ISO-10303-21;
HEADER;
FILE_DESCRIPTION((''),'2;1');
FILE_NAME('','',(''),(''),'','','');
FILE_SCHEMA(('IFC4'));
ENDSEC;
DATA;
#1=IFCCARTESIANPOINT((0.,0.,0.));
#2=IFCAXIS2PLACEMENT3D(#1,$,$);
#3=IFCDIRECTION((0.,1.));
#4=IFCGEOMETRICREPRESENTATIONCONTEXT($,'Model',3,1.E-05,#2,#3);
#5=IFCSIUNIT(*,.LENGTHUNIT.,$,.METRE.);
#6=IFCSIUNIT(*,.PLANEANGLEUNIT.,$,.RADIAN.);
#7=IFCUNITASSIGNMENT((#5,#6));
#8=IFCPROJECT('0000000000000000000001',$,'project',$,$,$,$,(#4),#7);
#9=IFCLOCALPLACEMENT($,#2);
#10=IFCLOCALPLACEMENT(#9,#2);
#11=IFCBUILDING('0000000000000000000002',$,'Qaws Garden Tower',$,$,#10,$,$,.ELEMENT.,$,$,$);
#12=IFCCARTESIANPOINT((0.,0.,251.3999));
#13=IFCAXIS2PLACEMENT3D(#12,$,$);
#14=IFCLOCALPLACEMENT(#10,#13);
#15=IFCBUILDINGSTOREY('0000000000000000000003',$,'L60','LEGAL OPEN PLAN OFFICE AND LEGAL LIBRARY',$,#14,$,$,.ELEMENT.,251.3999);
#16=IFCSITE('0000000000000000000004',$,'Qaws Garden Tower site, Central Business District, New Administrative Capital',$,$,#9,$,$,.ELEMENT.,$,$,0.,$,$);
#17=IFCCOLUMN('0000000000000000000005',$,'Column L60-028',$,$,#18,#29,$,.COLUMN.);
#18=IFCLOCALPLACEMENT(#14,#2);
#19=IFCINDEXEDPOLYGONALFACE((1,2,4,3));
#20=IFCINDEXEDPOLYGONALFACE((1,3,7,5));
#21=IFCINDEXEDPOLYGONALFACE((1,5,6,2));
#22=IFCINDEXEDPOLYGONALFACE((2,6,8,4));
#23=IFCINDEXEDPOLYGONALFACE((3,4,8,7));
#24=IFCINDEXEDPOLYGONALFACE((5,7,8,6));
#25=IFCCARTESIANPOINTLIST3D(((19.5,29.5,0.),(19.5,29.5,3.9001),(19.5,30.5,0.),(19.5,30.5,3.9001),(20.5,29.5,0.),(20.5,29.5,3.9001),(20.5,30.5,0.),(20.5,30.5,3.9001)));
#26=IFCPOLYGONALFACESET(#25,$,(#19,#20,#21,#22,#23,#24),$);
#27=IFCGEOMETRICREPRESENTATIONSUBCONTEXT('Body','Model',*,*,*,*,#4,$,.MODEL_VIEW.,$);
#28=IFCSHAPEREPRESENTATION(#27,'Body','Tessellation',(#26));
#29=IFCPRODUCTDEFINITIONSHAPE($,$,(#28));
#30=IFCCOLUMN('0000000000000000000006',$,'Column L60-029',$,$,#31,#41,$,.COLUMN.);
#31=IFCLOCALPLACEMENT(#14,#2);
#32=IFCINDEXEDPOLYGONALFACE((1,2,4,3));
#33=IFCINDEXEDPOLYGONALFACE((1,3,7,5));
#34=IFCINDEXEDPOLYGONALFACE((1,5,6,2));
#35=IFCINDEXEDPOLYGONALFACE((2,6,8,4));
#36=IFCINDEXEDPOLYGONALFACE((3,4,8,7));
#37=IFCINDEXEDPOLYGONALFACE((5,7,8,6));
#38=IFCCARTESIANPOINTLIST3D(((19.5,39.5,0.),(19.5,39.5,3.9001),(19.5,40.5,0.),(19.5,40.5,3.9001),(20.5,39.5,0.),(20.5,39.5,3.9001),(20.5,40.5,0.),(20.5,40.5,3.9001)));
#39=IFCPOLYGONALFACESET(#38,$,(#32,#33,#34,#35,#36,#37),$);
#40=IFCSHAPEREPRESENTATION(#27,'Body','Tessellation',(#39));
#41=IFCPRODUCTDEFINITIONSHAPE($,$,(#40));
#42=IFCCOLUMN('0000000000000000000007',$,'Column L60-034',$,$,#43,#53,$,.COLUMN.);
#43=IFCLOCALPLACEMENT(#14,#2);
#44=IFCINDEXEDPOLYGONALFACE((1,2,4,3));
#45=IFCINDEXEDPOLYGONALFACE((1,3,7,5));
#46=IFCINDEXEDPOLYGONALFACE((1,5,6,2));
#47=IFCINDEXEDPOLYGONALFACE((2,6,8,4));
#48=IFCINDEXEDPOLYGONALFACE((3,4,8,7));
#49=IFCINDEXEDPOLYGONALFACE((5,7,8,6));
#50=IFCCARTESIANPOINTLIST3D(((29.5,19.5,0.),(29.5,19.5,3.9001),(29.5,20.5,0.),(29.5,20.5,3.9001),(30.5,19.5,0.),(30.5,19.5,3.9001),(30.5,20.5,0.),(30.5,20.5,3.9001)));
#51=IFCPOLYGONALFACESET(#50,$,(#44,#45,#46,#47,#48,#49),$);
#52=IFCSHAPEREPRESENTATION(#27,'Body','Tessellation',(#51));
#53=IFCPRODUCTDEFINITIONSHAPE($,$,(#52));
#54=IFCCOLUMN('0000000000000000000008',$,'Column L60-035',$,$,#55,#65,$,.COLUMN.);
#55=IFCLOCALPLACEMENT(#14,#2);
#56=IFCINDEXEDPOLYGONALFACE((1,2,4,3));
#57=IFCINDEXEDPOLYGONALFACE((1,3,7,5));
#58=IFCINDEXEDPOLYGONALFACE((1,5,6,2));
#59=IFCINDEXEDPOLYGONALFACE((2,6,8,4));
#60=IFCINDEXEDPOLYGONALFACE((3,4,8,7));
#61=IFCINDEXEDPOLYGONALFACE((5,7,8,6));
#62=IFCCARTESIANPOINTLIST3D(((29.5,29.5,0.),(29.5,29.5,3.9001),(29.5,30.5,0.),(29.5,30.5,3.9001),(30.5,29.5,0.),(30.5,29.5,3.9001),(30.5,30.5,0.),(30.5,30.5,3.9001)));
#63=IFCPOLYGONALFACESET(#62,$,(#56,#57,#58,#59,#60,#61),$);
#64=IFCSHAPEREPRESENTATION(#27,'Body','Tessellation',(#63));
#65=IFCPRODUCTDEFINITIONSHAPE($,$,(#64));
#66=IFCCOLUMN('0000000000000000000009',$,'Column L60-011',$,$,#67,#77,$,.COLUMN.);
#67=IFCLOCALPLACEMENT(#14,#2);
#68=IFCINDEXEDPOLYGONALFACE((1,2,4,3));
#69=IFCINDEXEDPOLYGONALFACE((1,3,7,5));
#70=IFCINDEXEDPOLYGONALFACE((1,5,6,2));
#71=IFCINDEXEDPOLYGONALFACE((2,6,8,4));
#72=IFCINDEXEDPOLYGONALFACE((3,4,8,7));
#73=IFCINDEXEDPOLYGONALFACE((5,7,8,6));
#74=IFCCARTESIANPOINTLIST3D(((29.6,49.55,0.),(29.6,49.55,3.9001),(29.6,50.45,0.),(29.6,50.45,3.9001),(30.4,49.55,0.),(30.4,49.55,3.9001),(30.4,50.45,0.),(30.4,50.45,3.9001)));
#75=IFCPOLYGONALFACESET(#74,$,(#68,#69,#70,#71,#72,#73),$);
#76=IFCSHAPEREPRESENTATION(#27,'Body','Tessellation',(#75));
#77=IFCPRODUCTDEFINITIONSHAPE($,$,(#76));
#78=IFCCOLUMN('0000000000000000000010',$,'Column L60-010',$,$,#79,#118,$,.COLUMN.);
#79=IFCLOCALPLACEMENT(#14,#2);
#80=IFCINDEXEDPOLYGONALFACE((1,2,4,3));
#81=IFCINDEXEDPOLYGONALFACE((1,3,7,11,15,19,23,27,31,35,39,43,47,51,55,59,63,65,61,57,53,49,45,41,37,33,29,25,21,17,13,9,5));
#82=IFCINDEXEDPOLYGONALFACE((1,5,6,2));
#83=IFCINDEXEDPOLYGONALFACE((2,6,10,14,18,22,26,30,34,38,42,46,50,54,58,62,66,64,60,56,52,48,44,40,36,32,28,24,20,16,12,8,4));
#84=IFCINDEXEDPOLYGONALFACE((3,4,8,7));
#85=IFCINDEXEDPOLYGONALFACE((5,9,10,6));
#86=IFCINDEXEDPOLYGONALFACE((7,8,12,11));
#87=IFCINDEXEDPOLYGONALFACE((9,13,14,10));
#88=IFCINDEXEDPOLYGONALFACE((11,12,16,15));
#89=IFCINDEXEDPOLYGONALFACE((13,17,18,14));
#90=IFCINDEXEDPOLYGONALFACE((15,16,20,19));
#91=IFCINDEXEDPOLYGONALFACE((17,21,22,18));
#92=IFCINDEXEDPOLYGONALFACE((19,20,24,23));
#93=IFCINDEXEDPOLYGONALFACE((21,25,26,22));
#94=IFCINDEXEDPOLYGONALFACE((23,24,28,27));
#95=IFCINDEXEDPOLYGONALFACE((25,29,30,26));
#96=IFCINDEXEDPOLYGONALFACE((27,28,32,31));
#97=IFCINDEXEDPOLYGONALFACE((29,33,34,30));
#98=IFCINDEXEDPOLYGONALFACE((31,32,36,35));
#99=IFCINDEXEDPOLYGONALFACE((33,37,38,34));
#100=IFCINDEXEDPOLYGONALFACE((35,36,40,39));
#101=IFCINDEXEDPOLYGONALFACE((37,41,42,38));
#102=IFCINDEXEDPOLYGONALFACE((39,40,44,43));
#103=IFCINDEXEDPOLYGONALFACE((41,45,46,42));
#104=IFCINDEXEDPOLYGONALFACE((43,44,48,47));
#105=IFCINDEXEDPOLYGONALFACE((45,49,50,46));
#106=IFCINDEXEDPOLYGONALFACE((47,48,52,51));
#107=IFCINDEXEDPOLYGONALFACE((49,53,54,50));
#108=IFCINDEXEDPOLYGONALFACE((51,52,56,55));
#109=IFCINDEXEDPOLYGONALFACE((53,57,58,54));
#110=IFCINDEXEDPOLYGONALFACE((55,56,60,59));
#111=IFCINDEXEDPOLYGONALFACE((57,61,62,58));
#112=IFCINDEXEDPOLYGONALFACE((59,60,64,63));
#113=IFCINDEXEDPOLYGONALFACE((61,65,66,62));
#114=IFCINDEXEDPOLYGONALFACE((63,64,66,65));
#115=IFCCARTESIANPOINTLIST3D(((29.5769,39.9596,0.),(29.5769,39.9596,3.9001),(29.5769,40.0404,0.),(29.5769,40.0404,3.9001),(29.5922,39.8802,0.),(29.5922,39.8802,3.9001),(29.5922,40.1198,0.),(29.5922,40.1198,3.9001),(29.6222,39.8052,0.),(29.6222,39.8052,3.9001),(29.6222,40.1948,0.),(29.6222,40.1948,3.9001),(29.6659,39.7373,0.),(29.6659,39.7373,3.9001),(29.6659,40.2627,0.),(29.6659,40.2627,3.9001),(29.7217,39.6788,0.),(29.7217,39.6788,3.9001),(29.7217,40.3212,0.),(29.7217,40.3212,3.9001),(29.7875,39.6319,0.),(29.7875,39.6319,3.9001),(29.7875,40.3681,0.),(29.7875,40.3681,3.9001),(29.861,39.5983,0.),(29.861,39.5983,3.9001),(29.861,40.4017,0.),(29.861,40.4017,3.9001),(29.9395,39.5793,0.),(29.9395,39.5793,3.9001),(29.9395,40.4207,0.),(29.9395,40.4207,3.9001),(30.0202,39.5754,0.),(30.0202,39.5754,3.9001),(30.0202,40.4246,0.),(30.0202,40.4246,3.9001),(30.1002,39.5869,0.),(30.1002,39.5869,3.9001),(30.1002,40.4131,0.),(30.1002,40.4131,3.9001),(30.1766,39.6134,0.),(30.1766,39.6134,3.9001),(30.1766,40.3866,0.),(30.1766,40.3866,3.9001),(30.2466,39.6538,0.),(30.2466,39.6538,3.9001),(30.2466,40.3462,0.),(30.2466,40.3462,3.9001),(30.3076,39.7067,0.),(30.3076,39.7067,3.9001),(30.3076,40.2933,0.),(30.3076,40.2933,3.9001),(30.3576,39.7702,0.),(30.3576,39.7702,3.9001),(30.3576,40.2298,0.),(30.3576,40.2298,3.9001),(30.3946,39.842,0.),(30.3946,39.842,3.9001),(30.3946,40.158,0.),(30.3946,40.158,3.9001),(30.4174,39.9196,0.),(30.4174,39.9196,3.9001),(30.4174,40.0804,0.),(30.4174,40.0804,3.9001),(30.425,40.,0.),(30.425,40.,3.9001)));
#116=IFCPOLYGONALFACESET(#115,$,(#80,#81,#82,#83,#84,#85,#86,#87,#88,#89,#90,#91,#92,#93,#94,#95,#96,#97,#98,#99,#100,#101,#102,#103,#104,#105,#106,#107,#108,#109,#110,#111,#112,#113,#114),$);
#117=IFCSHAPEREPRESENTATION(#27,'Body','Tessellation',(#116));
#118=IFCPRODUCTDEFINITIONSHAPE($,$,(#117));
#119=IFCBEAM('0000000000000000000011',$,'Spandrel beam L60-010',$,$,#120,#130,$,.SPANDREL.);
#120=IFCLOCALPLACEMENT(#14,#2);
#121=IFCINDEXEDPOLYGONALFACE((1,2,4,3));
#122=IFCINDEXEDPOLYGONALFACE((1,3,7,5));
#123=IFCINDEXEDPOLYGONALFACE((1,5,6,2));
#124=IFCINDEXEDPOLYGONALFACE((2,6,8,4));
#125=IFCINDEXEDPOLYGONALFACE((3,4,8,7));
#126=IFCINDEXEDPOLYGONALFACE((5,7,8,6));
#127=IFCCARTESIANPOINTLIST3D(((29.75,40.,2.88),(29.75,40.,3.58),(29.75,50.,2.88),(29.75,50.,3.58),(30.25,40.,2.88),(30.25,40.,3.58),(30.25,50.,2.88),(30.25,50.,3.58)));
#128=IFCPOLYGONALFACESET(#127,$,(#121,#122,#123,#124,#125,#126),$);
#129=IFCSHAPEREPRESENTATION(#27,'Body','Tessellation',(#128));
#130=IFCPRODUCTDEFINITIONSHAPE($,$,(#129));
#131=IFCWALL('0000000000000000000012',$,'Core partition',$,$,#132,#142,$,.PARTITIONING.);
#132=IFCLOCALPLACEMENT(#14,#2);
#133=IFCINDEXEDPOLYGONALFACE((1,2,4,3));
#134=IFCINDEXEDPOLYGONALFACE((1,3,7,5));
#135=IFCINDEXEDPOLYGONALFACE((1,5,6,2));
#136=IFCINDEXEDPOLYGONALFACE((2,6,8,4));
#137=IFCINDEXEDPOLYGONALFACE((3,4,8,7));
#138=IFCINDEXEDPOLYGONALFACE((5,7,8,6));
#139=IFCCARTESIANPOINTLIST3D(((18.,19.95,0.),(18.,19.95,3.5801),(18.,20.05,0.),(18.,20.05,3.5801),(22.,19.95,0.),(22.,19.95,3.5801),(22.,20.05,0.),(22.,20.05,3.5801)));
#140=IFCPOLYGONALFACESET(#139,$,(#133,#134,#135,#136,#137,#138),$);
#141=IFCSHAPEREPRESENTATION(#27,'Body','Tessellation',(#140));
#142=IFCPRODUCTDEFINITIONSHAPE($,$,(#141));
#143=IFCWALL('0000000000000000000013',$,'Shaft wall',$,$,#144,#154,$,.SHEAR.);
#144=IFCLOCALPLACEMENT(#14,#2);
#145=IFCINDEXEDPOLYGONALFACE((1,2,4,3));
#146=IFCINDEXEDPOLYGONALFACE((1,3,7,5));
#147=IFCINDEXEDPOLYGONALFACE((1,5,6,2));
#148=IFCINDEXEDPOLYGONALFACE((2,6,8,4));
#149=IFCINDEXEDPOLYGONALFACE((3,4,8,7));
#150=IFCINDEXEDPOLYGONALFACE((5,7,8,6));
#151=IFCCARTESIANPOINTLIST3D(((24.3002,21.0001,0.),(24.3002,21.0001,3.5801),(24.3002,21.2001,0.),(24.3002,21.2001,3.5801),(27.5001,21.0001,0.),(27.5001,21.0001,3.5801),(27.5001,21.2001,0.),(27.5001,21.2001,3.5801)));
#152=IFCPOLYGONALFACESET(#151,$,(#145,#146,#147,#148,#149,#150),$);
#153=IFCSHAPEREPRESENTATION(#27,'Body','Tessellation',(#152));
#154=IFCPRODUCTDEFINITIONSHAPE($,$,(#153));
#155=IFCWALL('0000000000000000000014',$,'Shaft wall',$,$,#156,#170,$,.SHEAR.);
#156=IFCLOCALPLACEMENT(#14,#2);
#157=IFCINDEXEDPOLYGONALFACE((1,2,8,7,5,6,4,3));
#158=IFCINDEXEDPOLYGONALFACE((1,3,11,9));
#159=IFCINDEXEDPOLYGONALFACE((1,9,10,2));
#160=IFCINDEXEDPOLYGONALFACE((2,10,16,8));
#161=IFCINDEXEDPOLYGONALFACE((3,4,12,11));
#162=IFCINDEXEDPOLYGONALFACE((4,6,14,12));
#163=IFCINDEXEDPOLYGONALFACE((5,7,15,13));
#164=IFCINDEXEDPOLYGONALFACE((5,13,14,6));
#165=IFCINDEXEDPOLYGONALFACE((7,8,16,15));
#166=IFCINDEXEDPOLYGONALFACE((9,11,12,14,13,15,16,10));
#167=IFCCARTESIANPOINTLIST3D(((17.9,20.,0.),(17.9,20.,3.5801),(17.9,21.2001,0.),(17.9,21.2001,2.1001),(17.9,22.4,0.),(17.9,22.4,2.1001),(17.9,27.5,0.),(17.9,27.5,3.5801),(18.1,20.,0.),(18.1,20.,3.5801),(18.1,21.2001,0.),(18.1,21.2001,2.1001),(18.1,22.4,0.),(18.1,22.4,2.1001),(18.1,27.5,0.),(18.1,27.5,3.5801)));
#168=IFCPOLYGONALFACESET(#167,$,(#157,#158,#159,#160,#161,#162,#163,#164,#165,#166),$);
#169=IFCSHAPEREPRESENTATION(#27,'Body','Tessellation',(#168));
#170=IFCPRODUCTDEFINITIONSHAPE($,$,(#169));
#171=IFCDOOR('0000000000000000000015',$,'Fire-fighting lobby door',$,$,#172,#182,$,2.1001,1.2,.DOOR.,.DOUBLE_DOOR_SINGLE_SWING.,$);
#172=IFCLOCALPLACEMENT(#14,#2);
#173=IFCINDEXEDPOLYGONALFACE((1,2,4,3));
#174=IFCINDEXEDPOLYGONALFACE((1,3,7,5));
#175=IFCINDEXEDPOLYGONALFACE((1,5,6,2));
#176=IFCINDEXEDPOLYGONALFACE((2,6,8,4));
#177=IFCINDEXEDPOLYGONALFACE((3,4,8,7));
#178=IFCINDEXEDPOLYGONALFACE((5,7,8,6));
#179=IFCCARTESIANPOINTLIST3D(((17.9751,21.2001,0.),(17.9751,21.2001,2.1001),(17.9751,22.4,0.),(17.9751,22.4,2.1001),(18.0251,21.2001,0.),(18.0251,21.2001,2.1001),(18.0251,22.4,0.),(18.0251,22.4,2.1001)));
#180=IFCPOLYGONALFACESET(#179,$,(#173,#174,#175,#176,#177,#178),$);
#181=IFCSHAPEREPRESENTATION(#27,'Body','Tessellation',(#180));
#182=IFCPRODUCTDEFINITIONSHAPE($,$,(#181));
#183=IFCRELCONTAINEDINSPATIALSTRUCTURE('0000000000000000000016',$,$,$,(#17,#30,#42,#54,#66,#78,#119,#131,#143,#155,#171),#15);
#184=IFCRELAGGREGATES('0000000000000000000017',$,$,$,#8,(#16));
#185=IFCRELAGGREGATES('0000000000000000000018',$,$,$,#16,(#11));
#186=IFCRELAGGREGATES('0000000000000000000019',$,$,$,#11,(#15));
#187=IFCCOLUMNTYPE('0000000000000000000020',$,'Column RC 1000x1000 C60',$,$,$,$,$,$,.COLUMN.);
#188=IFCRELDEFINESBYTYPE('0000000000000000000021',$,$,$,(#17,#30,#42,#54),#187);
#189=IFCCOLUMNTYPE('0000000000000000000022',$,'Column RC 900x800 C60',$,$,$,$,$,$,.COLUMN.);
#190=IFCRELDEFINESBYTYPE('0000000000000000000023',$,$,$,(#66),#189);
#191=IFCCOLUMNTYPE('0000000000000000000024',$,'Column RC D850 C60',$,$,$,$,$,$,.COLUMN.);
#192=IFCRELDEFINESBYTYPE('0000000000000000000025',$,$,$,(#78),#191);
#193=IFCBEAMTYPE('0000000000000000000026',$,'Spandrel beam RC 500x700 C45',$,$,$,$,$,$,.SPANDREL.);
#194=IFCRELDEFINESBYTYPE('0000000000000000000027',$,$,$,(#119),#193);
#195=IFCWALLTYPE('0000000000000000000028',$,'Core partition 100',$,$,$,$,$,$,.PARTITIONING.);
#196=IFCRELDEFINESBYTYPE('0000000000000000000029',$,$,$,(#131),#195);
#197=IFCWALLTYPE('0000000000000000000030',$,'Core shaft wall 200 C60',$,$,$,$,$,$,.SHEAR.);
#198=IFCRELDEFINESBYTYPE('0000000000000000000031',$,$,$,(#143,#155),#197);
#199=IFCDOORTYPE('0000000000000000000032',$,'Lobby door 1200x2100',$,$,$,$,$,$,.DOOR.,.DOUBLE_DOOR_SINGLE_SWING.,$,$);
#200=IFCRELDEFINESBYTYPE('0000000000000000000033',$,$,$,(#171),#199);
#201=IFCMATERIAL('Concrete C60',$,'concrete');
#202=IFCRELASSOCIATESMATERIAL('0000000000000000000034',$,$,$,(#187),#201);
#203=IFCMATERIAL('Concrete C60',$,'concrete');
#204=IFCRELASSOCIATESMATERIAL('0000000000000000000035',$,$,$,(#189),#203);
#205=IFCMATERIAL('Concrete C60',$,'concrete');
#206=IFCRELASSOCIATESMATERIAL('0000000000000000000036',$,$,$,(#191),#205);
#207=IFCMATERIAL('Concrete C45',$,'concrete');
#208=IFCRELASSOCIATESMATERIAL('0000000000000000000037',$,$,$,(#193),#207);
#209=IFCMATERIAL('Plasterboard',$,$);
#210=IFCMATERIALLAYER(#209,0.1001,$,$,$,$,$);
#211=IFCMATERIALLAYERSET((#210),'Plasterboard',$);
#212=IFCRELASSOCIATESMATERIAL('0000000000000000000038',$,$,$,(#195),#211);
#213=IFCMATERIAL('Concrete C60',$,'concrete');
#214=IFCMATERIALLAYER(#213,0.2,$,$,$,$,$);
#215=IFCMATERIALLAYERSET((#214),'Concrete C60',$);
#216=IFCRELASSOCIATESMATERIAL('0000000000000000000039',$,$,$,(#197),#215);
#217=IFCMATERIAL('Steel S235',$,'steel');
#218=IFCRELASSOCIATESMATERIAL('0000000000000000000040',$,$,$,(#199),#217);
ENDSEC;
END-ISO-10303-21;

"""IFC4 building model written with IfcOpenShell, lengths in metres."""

from ifc_helpers import new_model, si_unit, direction, frame, frame_2d, origin, origin_2d, place, context, subcontext, project, spatial, rectangle, circle, extrude, material, layer, layer_set, material_profile, profile_set, type_object, element, fill, save


model = new_model("IFC4")

# Units and contexts
model_context = context("Model", 3, precision=1e-05, world=origin(), true_north=direction((0.0, 1.0)))
body_context = subcontext(model_context, "Body", "Model", "MODEL_VIEW")
ifc_project = project(units=[si_unit("LENGTHUNIT", "METRE"), si_unit("PLANEANGLEUNIT", "RADIAN")], contexts=[model_context])

# Site, building, storey
site_placement = place(None, origin())
site = spatial("IfcSite", under=ifc_project, at=site_placement, Name="Qaws Garden Tower site, Central Business District, New Administrative Capital", CompositionType="ELEMENT", RefElevation=0.0)
building_placement = place(site_placement, origin())
building = spatial("IfcBuilding", under=site, at=building_placement, Name="Qaws Garden Tower", CompositionType="ELEMENT")
storey_placement = place(building_placement, frame((0.0, 0.0, 251.3999)))
storey = spatial("IfcBuildingStorey", under=building, at=storey_placement, Name="L60", Description="LEGAL OPEN PLAN OFFICE AND LEGAL LIBRARY", CompositionType="ELEMENT", Elevation=251.3999)

# Columns
ifc_material_1 = material(Name="Concrete C60", Category="concrete")
ifc_material_profile_1 = material_profile(ifc_material_1, rectangle(XDim=1.0, YDim=1.0, at=origin_2d()), Name="RC 1000x1000")
ifc_profile_set_1 = profile_set([ifc_material_profile_1], Name="Concrete C60")
column_type_1 = type_object("IfcColumnType", Name="Column RC 1000x1000 C60", PredefinedType="COLUMN", material=ifc_profile_set_1)
for number, where, z_axis, x_axis, name in (
    (1, (20.0, 30.0, 0.0), (0.0, 0.0, 1.0), (1.0, 0.0, 0.0), "Column L60-028"),
    (2, (20.0, 40.0, 0.0), (0.0, 0.0, 1.0), (1.0, 0.0, 0.0), "Column L60-029"),
    (3, (30.0, 20.0, 0.0), (0.0, 0.0, 1.0), (1.0, 0.0, 0.0), "Column L60-034"),
    (4, (30.0, 30.0, 0.0), (0.0, 0.0, 1.0), (1.0, 0.0, 0.0), "Column L60-035"),
):
    element("IfcColumn", number, at=place(storey_placement, frame(where, z_axis=z_axis, x_axis=x_axis)), inside=storey, type_object=column_type_1, Name=name, PredefinedType="COLUMN", context=body_context, shape_type="SweptSolid", body=[
        extrude(rectangle(XDim=1.0, YDim=1.0, at=origin_2d()), origin(), (0.0, 0.0, 1.0), 3.9001),
    ])
ifc_material_2 = material(Name="Concrete C60", Category="concrete")
ifc_material_profile_2 = material_profile(ifc_material_2, rectangle(XDim=0.8999, YDim=0.8, at=origin_2d()), Name="RC 900x800")
ifc_profile_set_2 = profile_set([ifc_material_profile_2], Name="Concrete C60")
column_type_2 = type_object("IfcColumnType", Name="Column RC 900x800 C60", PredefinedType="COLUMN", material=ifc_profile_set_2)
column_1_placement = place(storey_placement, frame((30.0, 50.0, 0.0), z_axis=(0.0, 0.0, 1.0), x_axis=(0.0, 1.0, 0.0)))
element("IfcColumn", 5, at=column_1_placement, inside=storey, type_object=column_type_2, Name="Column L60-011", PredefinedType="COLUMN", context=body_context, shape_type="SweptSolid", body=[
    extrude(rectangle(XDim=0.8999, YDim=0.8, at=origin_2d()), origin(), (0.0, 0.0, 1.0), 3.9001),
])
ifc_material_3 = material(Name="Concrete C60", Category="concrete")
ifc_material_profile_3 = material_profile(ifc_material_3, circle(Radius=0.425, at=origin_2d()), Name="RC D850")
ifc_profile_set_3 = profile_set([ifc_material_profile_3], Name="Concrete C60")
column_type_3 = type_object("IfcColumnType", Name="Column RC D850 C60", PredefinedType="COLUMN", material=ifc_profile_set_3)
column_2_placement = place(storey_placement, frame((30.0, 40.0, 0.0), z_axis=(0.0, 0.0, 1.0), x_axis=(1.0, 0.0, 0.0)))
element("IfcColumn", 6, at=column_2_placement, inside=storey, type_object=column_type_3, Name="Column L60-010", PredefinedType="COLUMN", context=body_context, shape_type="SweptSolid", body=[
    extrude(circle(Radius=0.425, at=origin_2d()), origin(), (0.0, 0.0, 1.0), 3.9001),
])

# Beam
ifc_material_4 = material(Name="Concrete C45", Category="concrete")
ifc_material_profile_4 = material_profile(ifc_material_4, rectangle(XDim=0.5, YDim=0.7, at=origin_2d()), Name="RC 500x700")
ifc_profile_set_4 = profile_set([ifc_material_profile_4], Name="Concrete C45")
beam_type = type_object("IfcBeamType", Name="Spandrel beam RC 500x700 C45", PredefinedType="SPANDREL", material=ifc_profile_set_4)
beam_placement = place(storey_placement, frame((30.0, 40.0, 3.23), z_axis=(0.0, 1.0, 0.0), x_axis=(-1.0, 0.0, 0.0)))
element("IfcBeam", 7, at=beam_placement, inside=storey, type_object=beam_type, Name="Spandrel beam L60-010", PredefinedType="SPANDREL", context=body_context, shape_type="SweptSolid", body=[
    extrude(rectangle(XDim=0.5, YDim=0.7, at=origin_2d()), origin(), (0.0, 0.0, 1.0), 10.0),
])

# Walls
ifc_material_5 = material(Name="Plasterboard")
ifc_layer_1 = layer(ifc_material_5, 0.1001)
ifc_layer_set_1 = layer_set([ifc_layer_1], Name="Plasterboard")
wall_type_1 = type_object("IfcWallType", Name="Core partition 100", PredefinedType="PARTITIONING", material=ifc_layer_set_1)
wall_1_placement = place(storey_placement, frame((18.0, 20.0, 0.0), z_axis=(0.0, 0.0, 1.0), x_axis=(1.0, 0.0, 0.0)))
element("IfcWall", 8, at=wall_1_placement, inside=storey, type_object=wall_type_1, Name="Core partition", PredefinedType="PARTITIONING", context=body_context, shape_type="SweptSolid", body=[
    extrude(rectangle(XDim=4.0, YDim=0.1001, at=frame_2d((2.0, 0.0))), origin(), (0.0, 0.0, 1.0), 3.5801),
])
ifc_material_6 = material(Name="Concrete C60", Category="concrete")
ifc_layer_2 = layer(ifc_material_6, 0.2)
ifc_layer_set_2 = layer_set([ifc_layer_2], Name="Concrete C60")
wall_type_2 = type_object("IfcWallType", Name="Core shaft wall 200 C60", PredefinedType="SHEAR", material=ifc_layer_set_2)
wall_2_placement = place(storey_placement, frame((24.3, 21.1001, 0.0), z_axis=(0.0, 0.0, 1.0), x_axis=(1.0, 0.0, 0.0)))
element("IfcWall", 9, at=wall_2_placement, inside=storey, type_object=wall_type_2, Name="Shaft wall", PredefinedType="SHEAR", context=body_context, shape_type="SweptSolid", body=[
    extrude(rectangle(XDim=3.2, YDim=0.2, at=frame_2d((1.6001, 0.0))), origin(), (0.0, 0.0, 1.0), 3.5801),
])

# Wall, opening, door
wall_3_placement = place(storey_placement, frame((18.0, 20.0, 0.0), z_axis=(0.0, 0.0, 1.0), x_axis=(0.0, 1.0, 0.0)))
wall_3 = element("IfcWall", 10, at=wall_3_placement, inside=storey, type_object=wall_type_2, Name="Shaft wall", PredefinedType="SHEAR", context=body_context, shape_type="SweptSolid", body=[
    extrude(rectangle(XDim=7.5, YDim=0.2, at=frame_2d((3.75, 0.0))), origin(), (0.0, 0.0, 1.0), 3.5801),
])
opening_placement = place(wall_3_placement, frame((1.2, 0.0, 0.0)))
opening = element("IfcOpeningElement", 11, at=opening_placement, cuts=wall_3, PredefinedType="OPENING", context=body_context, shape_type="SweptSolid", body=[
    extrude(rectangle(XDim=1.2, YDim=2.1001, at=frame_2d((0.6001, 1.05))), frame((0.0, 0.1099, 0.0), z_axis=(0.0, -1.0, 0.0), x_axis=(1.0, 0.0, 0.0)), (0.0, 0.0, 1.0), 0.22),
])
ifc_material_7 = material(Name="Steel S235", Category="steel")
door_type = type_object("IfcDoorType", Name="Lobby door 1200x2100", OperationType="DOUBLE_DOOR_SINGLE_SWING", PredefinedType="DOOR", material=ifc_material_7)
door_placement = place(opening_placement, origin())
door = element("IfcDoor", 12, at=door_placement, inside=storey, type_object=door_type, Name="Fire-fighting lobby door", OperationType="DOUBLE_DOOR_SINGLE_SWING", OverallHeight=2.1001, OverallWidth=1.2, PredefinedType="DOOR", context=body_context, shape_type="SweptSolid", body=[
    extrude(rectangle(XDim=1.2, YDim=2.1001, at=frame_2d((0.6001, 1.05))), frame((0.0, 0.0249, 0.0), z_axis=(0.0, -1.0, 0.0), x_axis=(1.0, 0.0, 0.0)), (0.0, 0.0, 1.0), 0.05),
])
fill(opening, door)

save(model, "model.ifc")
